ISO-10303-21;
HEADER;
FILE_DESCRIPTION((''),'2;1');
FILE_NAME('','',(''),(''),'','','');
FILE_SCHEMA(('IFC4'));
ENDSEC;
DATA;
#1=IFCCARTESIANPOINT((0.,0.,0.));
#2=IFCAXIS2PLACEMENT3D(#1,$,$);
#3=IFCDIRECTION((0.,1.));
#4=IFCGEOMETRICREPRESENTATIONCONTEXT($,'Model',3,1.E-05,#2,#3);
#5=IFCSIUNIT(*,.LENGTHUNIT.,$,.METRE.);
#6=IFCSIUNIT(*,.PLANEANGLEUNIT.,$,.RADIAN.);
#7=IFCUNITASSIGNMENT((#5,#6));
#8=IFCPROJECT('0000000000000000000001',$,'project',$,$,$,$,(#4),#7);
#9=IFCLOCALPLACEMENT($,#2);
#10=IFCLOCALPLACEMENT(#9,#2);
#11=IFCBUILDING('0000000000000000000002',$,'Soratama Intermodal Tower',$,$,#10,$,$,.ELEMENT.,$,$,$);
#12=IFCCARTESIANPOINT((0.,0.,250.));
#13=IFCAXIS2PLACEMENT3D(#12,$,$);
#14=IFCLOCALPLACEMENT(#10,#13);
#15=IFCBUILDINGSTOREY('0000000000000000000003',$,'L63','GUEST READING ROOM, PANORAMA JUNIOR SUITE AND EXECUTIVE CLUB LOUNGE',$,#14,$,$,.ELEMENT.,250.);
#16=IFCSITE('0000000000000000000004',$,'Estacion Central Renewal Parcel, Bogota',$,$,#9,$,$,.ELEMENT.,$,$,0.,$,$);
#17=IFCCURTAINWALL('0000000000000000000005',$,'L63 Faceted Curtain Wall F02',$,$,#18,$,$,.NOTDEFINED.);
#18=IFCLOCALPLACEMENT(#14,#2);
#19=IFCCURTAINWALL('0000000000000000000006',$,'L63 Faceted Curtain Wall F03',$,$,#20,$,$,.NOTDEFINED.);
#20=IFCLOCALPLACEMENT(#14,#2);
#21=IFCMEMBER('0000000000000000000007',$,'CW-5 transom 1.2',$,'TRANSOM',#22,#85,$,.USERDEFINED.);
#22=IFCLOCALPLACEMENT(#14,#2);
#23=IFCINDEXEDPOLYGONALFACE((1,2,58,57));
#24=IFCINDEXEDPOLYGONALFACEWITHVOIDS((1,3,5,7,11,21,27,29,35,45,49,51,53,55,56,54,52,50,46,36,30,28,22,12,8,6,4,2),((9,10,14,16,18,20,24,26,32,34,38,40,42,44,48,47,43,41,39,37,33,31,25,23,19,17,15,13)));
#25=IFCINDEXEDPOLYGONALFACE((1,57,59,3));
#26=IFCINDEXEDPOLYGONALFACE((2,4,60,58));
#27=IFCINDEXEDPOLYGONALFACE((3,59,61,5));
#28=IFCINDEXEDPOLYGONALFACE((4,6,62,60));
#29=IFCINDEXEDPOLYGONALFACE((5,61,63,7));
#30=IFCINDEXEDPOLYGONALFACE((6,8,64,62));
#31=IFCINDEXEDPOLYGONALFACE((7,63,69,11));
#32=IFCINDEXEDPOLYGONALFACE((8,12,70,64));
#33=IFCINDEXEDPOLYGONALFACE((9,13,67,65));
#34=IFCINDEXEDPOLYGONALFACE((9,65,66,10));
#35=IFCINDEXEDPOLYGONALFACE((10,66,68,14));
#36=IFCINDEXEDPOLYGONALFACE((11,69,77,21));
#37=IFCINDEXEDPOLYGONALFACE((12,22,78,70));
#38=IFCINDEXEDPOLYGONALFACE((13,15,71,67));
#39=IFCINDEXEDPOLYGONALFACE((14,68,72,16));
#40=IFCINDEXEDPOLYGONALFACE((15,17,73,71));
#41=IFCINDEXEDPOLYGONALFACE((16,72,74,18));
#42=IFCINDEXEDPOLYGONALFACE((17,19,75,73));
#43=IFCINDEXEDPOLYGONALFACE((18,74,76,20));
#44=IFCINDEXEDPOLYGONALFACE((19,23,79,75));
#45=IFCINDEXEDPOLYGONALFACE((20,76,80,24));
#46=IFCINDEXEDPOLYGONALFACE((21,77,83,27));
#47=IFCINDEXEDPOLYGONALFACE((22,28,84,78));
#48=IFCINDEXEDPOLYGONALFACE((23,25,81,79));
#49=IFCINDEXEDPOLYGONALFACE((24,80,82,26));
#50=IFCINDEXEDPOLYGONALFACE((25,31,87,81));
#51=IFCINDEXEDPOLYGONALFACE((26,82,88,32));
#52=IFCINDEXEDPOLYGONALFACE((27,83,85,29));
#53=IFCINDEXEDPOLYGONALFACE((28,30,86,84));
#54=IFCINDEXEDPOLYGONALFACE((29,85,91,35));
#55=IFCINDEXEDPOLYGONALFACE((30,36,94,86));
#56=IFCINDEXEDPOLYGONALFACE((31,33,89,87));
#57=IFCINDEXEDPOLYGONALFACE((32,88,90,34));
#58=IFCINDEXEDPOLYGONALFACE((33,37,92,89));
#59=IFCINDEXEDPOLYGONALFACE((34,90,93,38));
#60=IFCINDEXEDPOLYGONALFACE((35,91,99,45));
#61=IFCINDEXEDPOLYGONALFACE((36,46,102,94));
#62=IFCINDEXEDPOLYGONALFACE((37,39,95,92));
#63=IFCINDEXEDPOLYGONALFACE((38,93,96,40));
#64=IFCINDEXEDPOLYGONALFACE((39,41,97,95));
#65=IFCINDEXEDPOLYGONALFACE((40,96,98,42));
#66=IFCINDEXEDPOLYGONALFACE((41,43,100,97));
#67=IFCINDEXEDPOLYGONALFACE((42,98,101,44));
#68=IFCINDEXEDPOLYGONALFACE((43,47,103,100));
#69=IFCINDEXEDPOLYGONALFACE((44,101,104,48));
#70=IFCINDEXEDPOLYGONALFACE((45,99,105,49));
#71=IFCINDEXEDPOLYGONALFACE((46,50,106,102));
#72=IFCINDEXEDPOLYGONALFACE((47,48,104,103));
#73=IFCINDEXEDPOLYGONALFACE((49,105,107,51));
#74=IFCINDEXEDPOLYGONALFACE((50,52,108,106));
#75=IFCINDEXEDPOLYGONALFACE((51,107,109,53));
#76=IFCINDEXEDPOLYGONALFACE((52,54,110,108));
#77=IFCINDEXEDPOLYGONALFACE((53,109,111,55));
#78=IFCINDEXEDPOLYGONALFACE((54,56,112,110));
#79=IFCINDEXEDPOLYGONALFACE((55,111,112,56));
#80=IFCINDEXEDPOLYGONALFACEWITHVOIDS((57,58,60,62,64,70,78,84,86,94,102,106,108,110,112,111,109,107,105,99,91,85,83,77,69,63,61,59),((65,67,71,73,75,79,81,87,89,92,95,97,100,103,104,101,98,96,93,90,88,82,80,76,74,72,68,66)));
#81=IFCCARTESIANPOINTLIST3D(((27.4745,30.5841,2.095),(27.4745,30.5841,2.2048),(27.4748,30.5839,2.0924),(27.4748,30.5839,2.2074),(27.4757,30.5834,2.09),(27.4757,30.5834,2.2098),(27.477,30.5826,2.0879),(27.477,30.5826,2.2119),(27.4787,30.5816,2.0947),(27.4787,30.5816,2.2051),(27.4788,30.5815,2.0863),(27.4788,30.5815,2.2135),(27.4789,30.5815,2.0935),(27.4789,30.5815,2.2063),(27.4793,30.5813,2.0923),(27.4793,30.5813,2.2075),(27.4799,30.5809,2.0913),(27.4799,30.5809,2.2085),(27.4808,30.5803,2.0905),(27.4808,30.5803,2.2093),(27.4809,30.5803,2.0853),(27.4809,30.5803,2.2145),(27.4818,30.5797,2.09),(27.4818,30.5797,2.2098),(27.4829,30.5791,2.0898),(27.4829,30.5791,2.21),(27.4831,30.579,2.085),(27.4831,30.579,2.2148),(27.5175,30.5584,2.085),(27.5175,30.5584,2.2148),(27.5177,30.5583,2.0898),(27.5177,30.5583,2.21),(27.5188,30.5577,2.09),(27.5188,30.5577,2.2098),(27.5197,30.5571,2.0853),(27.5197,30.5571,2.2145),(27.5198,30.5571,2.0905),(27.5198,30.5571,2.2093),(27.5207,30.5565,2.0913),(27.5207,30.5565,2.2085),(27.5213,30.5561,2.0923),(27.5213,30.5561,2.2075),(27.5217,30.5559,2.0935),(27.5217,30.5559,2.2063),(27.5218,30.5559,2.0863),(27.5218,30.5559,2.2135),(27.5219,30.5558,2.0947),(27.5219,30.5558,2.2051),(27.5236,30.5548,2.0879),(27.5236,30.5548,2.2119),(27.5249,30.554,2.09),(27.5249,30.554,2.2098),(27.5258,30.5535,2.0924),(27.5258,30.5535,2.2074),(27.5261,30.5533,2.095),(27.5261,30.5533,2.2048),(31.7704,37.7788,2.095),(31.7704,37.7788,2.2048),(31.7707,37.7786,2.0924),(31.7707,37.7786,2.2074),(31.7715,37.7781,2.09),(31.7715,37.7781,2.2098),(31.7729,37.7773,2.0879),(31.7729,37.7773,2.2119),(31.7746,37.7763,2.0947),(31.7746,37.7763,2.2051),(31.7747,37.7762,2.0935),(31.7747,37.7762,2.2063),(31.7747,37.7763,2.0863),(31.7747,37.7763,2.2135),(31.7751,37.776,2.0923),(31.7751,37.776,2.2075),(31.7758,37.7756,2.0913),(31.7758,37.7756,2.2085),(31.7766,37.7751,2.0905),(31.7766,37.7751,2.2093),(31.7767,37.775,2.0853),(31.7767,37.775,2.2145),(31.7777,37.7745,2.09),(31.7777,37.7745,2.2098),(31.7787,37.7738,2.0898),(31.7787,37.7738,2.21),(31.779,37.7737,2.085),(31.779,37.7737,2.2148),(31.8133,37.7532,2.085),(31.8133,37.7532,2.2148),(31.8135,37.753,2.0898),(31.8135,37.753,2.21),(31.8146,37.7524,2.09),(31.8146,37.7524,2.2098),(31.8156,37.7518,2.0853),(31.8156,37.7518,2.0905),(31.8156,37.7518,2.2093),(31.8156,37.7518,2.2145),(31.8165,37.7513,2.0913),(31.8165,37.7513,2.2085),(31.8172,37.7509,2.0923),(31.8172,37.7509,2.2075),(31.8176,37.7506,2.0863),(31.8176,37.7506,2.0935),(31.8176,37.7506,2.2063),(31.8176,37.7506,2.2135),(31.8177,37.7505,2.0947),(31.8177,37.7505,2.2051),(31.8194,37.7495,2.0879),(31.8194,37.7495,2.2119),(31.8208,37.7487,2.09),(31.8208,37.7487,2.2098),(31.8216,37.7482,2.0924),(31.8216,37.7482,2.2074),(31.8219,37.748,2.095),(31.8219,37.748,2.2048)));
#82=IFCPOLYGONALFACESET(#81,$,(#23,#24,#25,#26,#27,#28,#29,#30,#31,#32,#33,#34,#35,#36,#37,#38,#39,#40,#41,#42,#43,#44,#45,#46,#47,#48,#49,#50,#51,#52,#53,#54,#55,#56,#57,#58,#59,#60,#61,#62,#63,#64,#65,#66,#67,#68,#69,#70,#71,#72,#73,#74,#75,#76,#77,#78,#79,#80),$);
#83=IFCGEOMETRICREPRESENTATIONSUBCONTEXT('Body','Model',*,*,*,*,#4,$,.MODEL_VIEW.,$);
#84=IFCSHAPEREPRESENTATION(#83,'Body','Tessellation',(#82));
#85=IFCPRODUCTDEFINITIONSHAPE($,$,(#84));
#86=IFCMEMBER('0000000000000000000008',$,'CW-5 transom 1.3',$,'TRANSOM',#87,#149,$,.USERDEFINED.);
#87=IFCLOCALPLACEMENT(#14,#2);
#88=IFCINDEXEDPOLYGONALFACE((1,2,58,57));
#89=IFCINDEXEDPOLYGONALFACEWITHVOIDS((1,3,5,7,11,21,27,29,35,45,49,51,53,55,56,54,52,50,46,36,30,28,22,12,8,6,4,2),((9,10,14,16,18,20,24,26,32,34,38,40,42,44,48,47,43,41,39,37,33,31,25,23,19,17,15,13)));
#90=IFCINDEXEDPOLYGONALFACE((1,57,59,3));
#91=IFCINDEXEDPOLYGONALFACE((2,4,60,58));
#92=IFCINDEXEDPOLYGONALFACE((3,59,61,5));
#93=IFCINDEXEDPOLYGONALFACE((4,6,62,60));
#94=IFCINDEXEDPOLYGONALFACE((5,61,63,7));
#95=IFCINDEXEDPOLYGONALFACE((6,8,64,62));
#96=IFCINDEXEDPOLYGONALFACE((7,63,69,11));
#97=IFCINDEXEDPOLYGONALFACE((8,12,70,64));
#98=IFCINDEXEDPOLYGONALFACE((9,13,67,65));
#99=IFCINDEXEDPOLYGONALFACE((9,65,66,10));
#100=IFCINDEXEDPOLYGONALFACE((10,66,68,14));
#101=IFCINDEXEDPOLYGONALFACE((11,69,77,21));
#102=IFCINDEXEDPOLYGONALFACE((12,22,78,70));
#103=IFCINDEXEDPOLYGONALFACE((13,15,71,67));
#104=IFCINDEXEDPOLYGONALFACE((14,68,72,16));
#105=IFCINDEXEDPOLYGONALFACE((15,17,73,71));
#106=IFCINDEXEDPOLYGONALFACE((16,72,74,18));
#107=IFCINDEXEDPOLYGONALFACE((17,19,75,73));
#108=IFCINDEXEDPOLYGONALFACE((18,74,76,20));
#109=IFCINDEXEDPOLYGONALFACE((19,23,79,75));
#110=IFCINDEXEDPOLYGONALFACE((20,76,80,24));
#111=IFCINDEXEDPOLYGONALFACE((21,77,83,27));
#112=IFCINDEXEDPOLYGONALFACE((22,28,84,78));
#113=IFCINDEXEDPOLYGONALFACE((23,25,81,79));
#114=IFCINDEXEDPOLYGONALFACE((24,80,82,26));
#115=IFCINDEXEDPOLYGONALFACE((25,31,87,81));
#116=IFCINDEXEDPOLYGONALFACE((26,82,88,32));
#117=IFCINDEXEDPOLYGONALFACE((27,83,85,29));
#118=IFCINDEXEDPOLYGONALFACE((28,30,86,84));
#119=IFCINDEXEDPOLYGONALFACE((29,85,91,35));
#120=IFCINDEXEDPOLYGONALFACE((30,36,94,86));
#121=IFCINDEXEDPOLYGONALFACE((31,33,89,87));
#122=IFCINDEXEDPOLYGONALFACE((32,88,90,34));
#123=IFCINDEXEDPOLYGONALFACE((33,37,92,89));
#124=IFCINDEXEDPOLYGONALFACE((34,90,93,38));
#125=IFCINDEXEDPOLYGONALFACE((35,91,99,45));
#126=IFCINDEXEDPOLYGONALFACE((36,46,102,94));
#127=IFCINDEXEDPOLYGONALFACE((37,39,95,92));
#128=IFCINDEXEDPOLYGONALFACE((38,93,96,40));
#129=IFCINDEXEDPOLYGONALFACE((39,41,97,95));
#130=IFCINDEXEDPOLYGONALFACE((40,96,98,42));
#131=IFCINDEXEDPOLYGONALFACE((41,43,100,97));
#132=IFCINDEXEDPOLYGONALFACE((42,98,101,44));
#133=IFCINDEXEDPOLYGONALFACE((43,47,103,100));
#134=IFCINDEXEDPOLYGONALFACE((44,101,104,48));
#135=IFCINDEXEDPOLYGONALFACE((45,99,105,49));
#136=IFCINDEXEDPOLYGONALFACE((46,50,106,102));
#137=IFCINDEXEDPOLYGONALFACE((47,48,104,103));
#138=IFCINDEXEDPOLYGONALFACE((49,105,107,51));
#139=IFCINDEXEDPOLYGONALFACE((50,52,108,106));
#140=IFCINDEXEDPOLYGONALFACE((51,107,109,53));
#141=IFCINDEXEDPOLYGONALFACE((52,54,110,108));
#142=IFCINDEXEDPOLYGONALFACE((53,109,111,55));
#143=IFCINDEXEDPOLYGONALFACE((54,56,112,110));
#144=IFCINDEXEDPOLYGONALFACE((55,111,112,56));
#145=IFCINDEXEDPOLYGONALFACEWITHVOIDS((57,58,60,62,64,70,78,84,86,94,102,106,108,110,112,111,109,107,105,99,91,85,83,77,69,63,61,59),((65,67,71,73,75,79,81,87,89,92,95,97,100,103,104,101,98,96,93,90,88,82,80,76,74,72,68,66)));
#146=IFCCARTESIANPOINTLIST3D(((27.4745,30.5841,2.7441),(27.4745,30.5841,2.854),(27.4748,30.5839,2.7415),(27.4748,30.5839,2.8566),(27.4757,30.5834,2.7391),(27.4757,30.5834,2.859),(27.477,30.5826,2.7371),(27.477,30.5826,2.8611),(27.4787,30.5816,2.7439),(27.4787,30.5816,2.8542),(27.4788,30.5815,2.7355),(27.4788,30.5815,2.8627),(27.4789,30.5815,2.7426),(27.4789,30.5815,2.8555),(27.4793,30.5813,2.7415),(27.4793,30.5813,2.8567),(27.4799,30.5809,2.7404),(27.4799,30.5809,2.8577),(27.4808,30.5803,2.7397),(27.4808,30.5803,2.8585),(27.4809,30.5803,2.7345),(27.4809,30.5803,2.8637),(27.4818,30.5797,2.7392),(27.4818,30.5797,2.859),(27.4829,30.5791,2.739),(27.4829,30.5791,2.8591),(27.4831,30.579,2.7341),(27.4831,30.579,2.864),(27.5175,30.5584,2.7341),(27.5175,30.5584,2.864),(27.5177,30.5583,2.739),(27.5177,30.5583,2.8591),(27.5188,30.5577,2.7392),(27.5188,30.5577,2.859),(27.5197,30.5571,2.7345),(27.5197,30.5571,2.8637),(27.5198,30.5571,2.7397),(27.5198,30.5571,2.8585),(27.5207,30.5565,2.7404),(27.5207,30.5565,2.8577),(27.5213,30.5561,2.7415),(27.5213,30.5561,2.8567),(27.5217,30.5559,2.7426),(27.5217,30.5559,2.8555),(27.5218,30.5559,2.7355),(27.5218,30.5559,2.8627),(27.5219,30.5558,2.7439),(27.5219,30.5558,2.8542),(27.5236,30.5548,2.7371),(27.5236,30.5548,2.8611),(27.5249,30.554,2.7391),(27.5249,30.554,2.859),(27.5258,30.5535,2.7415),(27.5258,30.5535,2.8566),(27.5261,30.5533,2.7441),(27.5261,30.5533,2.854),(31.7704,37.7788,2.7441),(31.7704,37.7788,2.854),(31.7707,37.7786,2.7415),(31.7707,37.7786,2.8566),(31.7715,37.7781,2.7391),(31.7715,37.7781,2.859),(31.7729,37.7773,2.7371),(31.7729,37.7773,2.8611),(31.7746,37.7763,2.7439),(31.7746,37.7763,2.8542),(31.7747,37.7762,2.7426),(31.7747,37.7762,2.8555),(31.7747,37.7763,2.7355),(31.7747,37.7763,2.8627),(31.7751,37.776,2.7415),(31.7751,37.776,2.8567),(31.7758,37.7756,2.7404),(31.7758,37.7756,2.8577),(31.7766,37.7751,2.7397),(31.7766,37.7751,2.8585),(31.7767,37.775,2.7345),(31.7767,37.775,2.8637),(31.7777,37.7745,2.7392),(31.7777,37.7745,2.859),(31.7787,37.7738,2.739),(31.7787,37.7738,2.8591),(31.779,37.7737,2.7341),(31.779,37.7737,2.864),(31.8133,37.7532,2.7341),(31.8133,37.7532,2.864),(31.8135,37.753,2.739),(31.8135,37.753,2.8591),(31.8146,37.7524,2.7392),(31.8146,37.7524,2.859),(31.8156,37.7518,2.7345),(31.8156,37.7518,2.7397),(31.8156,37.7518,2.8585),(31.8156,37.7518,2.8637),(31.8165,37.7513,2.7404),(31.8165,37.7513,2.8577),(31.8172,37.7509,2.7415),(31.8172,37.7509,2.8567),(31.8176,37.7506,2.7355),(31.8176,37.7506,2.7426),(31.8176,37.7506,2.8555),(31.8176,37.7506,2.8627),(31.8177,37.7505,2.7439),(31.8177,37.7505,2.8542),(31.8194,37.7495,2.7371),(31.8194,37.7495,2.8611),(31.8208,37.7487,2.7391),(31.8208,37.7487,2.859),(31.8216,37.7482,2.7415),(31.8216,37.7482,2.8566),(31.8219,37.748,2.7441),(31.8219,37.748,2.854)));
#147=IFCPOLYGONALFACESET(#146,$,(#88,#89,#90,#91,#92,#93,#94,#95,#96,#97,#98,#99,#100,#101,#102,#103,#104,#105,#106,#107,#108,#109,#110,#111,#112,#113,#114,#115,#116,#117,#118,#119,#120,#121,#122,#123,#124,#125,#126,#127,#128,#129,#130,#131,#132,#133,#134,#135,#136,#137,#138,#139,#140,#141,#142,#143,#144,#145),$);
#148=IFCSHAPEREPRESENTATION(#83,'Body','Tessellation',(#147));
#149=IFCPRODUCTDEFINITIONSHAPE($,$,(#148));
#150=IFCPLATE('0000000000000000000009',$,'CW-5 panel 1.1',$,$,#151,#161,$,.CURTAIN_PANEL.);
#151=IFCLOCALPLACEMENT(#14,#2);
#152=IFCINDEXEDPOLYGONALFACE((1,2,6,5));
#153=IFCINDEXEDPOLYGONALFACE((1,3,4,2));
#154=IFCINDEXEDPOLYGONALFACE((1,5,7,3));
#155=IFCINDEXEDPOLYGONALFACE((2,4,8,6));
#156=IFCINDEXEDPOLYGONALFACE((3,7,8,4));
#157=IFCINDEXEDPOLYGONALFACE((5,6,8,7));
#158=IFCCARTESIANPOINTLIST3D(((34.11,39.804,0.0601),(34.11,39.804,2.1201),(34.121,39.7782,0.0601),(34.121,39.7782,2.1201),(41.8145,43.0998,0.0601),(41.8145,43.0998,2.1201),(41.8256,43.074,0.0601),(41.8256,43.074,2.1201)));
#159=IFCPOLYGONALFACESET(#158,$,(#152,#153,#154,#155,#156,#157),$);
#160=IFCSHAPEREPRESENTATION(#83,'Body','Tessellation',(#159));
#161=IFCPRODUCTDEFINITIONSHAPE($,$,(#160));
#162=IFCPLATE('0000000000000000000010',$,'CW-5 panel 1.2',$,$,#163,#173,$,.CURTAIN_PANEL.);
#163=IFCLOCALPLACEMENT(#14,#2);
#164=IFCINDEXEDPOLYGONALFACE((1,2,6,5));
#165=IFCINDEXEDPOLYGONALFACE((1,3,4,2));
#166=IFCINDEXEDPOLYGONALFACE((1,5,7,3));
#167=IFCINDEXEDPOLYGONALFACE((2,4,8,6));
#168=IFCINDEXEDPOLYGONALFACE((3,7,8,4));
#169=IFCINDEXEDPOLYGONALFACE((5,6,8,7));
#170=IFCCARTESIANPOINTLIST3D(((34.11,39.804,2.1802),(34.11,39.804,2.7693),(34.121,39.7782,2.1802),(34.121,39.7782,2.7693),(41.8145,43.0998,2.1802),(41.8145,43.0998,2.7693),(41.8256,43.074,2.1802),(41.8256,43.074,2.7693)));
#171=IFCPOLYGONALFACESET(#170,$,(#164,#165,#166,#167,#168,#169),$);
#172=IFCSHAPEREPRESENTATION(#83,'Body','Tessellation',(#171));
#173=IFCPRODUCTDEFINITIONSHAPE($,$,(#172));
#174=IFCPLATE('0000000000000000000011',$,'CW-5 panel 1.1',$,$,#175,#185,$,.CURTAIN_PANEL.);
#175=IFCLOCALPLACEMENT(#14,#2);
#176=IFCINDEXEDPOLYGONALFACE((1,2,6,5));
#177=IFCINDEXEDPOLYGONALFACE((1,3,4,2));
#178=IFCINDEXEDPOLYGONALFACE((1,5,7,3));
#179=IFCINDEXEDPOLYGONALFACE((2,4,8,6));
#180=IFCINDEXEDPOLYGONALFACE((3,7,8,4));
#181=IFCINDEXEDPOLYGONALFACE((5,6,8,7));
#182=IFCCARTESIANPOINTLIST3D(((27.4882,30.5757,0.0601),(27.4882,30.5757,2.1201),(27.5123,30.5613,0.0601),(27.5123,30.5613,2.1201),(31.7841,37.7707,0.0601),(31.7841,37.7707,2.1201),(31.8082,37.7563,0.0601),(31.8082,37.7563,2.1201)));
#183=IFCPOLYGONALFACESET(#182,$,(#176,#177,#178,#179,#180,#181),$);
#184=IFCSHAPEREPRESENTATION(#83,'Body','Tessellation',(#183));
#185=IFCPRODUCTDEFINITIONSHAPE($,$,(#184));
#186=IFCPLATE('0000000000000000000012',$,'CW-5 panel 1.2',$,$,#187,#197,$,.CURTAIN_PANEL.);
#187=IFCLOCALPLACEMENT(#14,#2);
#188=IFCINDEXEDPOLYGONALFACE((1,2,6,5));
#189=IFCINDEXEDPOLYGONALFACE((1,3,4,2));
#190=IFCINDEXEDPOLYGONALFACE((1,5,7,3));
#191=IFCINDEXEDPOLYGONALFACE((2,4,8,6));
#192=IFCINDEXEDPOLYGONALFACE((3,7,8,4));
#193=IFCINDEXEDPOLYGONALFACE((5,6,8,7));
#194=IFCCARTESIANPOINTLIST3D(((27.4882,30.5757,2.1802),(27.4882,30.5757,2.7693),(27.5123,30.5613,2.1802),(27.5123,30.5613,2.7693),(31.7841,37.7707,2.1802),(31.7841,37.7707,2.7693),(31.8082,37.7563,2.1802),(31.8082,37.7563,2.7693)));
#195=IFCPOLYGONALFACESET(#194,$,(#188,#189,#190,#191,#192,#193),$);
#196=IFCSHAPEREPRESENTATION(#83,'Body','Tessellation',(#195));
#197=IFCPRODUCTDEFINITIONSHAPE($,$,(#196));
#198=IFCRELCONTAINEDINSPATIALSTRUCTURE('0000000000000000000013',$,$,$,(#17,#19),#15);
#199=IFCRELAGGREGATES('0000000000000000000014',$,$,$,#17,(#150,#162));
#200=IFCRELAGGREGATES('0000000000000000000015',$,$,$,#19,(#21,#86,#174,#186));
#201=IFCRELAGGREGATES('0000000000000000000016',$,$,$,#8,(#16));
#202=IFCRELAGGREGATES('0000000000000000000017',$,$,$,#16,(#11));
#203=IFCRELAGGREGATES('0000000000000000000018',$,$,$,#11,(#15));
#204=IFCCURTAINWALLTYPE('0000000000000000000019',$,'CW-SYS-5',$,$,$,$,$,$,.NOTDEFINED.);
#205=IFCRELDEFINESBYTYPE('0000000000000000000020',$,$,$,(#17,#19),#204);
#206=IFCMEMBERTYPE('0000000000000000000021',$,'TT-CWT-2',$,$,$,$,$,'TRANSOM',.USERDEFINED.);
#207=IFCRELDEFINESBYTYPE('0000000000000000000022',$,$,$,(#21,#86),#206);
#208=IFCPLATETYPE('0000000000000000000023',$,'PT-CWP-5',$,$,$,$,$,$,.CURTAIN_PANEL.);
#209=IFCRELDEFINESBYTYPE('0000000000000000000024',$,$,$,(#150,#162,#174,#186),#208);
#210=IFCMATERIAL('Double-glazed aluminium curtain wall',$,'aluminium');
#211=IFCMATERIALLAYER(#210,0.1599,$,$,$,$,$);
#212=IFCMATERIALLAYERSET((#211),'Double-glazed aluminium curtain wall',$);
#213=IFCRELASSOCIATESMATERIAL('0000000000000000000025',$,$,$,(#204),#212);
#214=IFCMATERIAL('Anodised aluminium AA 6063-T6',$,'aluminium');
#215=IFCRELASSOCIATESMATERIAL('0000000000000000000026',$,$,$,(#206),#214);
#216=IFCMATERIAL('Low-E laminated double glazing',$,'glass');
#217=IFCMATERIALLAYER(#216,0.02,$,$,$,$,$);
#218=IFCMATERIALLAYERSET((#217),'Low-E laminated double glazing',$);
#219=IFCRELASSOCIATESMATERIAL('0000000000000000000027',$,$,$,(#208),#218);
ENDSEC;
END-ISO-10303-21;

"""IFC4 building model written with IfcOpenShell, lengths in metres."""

from ifc_helpers import new_model, si_unit, direction, frame, origin, origin_2d, place, context, subcontext, project, spatial, rectangle, hollow_rectangle, extrude, material, layer, layer_set, material_profile, profile_set, type_object, element, aggregate, save


model = new_model("IFC4")

# Units and contexts
model_context = context("Model", 3, precision=1e-05, world=origin(), true_north=direction((0.0, 1.0)))
body_context = subcontext(model_context, "Body", "Model", "MODEL_VIEW")
ifc_project = project(units=[si_unit("LENGTHUNIT", "METRE"), si_unit("PLANEANGLEUNIT", "RADIAN")], contexts=[model_context])

# Site, building, storey
site_placement = place(None, origin())
site = spatial("IfcSite", under=ifc_project, at=site_placement, Name="Estacion Central Renewal Parcel, Bogota", CompositionType="ELEMENT", RefElevation=0.0)
building_placement = place(site_placement, origin())
building = spatial("IfcBuilding", under=site, at=building_placement, Name="Soratama Intermodal Tower", CompositionType="ELEMENT")
storey_placement = place(building_placement, frame((0.0, 0.0, 250.0)))
storey = spatial("IfcBuildingStorey", under=building, at=storey_placement, Name="L63", Description="GUEST READING ROOM, PANORAMA JUNIOR SUITE AND EXECUTIVE CLUB LOUNGE", CompositionType="ELEMENT", Elevation=250.0)

# Curtain wall
ifc_material_1 = material(Name="Double-glazed aluminium curtain wall", Category="aluminium")
ifc_layer_1 = layer(ifc_material_1, 0.1599)
ifc_layer_set_1 = layer_set([ifc_layer_1], Name="Double-glazed aluminium curtain wall")
curtain_wall_type = type_object("IfcCurtainWallType", Name="CW-SYS-5", PredefinedType="NOTDEFINED", material=ifc_layer_set_1)
curtain_wall_1_placement = place(storey_placement, origin())
curtain_wall_1 = element("IfcCurtainWall", 1, at=curtain_wall_1_placement, inside=storey, type_object=curtain_wall_type, Name="L63 Faceted Curtain Wall F02", PredefinedType="NOTDEFINED")

# Curtain wall, members
curtain_wall_2_placement = place(storey_placement, origin())
curtain_wall_2 = element("IfcCurtainWall", 2, at=curtain_wall_2_placement, inside=storey, type_object=curtain_wall_type, Name="L63 Faceted Curtain Wall F03", PredefinedType="NOTDEFINED")
ifc_material_2 = material(Name="Anodised aluminium AA 6063-T6", Category="aluminium")
ifc_material_profile_1 = material_profile(ifc_material_2, hollow_rectangle(XDim=0.0601, YDim=0.1299, WallThickness=0.0049, InnerFilletRadius=0.0049, OuterFilletRadius=0.01, at=origin_2d()), Name="CWT130X60X5")
ifc_profile_set_1 = profile_set([ifc_material_profile_1], Name="Anodised aluminium AA 6063-T6")
member_type_1 = type_object("IfcMemberType", Name="TT-CWT-2", ElementType="TRANSOM", PredefinedType="USERDEFINED", material=ifc_profile_set_1)
member_1_placement = place(storey_placement, frame((31.7961, 37.7634, 2.1499), z_axis=(-0.512652, -0.858596, 0.0), x_axis=(0.858596, -0.512652, 0.0)))
member_1 = element("IfcMember", 3, at=member_1_placement, type_object=member_type_1, Name="CW-5 transom 1.2", ObjectType="TRANSOM", PredefinedType="USERDEFINED", context=body_context, shape_type="SweptSolid", body=[
    extrude(hollow_rectangle(XDim=0.0601, YDim=0.1299, WallThickness=0.0049, InnerFilletRadius=0.0049, OuterFilletRadius=0.01, at=origin_2d()), origin(), (0.0, 0.0, 1.0), 8.3796),
])
member_2_placement = place(storey_placement, frame((31.7961, 37.7634, 2.7991), z_axis=(-0.512652, -0.858596, 0.0), x_axis=(0.858596, -0.512652, 0.0)))
member_2 = element("IfcMember", 4, at=member_2_placement, type_object=member_type_1, Name="CW-5 transom 1.3", ObjectType="TRANSOM", PredefinedType="USERDEFINED", context=body_context, shape_type="SweptSolid", body=[
    extrude(hollow_rectangle(XDim=0.0601, YDim=0.1299, WallThickness=0.0049, InnerFilletRadius=0.0049, OuterFilletRadius=0.01, at=origin_2d()), origin(), (0.0, 0.0, 1.0), 8.3796),
])

# Plates
ifc_material_3 = material(Name="Low-E laminated double glazing", Category="glass")
ifc_layer_2 = layer(ifc_material_3, 0.02)
ifc_layer_set_2 = layer_set([ifc_layer_2], Name="Low-E laminated double glazing")
plate_type = type_object("IfcPlateType", Name="PT-CWP-5", PredefinedType="CURTAIN_PANEL", material=ifc_layer_set_2)
plate_1_placement = place(storey_placement, frame((37.9678, 41.439, 0.0601), z_axis=(0.0, 0.0, 1.0), x_axis=(-0.919411, -0.393299, 0.0)))
plate_1 = element("IfcPlate", 5, at=plate_1_placement, type_object=plate_type, Name="CW-5 panel 1.1", PredefinedType="CURTAIN_PANEL", context=body_context, shape_type="SweptSolid", body=[
    extrude(rectangle(XDim=8.3799, YDim=0.0281, at=origin_2d()), origin(), (0.0, 0.0, 1.0), 2.0601),
])
plate_2_placement = place(storey_placement, frame((37.9678, 41.439, 2.1802), z_axis=(0.0, 0.0, 1.0), x_axis=(-0.919411, -0.393299, 0.0)))
plate_2 = element("IfcPlate", 6, at=plate_2_placement, type_object=plate_type, Name="CW-5 panel 1.2", PredefinedType="CURTAIN_PANEL", context=body_context, shape_type="SweptSolid", body=[
    extrude(rectangle(XDim=8.3799, YDim=0.0281, at=origin_2d()), origin(), (0.0, 0.0, 1.0), 0.5891),
])
aggregate(curtain_wall_1, [plate_1, plate_2])
plate_3_placement = place(storey_placement, frame((29.6482, 34.166, 0.0601), z_axis=(0.0, 0.0, 1.0), x_axis=(-0.512643, -0.858602, 0.0)))
plate_3 = element("IfcPlate", 7, at=plate_3_placement, type_object=plate_type, Name="CW-5 panel 1.1", PredefinedType="CURTAIN_PANEL", context=body_context, shape_type="SweptSolid", body=[
    extrude(rectangle(XDim=8.3799, YDim=0.0281, at=origin_2d()), origin(), (0.0, 0.0, 1.0), 2.0601),
])
plate_4_placement = place(storey_placement, frame((29.6482, 34.166, 2.1802), z_axis=(0.0, 0.0, 1.0), x_axis=(-0.512643, -0.858602, 0.0)))
plate_4 = element("IfcPlate", 8, at=plate_4_placement, type_object=plate_type, Name="CW-5 panel 1.2", PredefinedType="CURTAIN_PANEL", context=body_context, shape_type="SweptSolid", body=[
    extrude(rectangle(XDim=8.3799, YDim=0.0281, at=origin_2d()), origin(), (0.0, 0.0, 1.0), 0.5891),
])
aggregate(curtain_wall_2, [member_1, member_2, plate_3, plate_4])

save(model, "model.ifc")
